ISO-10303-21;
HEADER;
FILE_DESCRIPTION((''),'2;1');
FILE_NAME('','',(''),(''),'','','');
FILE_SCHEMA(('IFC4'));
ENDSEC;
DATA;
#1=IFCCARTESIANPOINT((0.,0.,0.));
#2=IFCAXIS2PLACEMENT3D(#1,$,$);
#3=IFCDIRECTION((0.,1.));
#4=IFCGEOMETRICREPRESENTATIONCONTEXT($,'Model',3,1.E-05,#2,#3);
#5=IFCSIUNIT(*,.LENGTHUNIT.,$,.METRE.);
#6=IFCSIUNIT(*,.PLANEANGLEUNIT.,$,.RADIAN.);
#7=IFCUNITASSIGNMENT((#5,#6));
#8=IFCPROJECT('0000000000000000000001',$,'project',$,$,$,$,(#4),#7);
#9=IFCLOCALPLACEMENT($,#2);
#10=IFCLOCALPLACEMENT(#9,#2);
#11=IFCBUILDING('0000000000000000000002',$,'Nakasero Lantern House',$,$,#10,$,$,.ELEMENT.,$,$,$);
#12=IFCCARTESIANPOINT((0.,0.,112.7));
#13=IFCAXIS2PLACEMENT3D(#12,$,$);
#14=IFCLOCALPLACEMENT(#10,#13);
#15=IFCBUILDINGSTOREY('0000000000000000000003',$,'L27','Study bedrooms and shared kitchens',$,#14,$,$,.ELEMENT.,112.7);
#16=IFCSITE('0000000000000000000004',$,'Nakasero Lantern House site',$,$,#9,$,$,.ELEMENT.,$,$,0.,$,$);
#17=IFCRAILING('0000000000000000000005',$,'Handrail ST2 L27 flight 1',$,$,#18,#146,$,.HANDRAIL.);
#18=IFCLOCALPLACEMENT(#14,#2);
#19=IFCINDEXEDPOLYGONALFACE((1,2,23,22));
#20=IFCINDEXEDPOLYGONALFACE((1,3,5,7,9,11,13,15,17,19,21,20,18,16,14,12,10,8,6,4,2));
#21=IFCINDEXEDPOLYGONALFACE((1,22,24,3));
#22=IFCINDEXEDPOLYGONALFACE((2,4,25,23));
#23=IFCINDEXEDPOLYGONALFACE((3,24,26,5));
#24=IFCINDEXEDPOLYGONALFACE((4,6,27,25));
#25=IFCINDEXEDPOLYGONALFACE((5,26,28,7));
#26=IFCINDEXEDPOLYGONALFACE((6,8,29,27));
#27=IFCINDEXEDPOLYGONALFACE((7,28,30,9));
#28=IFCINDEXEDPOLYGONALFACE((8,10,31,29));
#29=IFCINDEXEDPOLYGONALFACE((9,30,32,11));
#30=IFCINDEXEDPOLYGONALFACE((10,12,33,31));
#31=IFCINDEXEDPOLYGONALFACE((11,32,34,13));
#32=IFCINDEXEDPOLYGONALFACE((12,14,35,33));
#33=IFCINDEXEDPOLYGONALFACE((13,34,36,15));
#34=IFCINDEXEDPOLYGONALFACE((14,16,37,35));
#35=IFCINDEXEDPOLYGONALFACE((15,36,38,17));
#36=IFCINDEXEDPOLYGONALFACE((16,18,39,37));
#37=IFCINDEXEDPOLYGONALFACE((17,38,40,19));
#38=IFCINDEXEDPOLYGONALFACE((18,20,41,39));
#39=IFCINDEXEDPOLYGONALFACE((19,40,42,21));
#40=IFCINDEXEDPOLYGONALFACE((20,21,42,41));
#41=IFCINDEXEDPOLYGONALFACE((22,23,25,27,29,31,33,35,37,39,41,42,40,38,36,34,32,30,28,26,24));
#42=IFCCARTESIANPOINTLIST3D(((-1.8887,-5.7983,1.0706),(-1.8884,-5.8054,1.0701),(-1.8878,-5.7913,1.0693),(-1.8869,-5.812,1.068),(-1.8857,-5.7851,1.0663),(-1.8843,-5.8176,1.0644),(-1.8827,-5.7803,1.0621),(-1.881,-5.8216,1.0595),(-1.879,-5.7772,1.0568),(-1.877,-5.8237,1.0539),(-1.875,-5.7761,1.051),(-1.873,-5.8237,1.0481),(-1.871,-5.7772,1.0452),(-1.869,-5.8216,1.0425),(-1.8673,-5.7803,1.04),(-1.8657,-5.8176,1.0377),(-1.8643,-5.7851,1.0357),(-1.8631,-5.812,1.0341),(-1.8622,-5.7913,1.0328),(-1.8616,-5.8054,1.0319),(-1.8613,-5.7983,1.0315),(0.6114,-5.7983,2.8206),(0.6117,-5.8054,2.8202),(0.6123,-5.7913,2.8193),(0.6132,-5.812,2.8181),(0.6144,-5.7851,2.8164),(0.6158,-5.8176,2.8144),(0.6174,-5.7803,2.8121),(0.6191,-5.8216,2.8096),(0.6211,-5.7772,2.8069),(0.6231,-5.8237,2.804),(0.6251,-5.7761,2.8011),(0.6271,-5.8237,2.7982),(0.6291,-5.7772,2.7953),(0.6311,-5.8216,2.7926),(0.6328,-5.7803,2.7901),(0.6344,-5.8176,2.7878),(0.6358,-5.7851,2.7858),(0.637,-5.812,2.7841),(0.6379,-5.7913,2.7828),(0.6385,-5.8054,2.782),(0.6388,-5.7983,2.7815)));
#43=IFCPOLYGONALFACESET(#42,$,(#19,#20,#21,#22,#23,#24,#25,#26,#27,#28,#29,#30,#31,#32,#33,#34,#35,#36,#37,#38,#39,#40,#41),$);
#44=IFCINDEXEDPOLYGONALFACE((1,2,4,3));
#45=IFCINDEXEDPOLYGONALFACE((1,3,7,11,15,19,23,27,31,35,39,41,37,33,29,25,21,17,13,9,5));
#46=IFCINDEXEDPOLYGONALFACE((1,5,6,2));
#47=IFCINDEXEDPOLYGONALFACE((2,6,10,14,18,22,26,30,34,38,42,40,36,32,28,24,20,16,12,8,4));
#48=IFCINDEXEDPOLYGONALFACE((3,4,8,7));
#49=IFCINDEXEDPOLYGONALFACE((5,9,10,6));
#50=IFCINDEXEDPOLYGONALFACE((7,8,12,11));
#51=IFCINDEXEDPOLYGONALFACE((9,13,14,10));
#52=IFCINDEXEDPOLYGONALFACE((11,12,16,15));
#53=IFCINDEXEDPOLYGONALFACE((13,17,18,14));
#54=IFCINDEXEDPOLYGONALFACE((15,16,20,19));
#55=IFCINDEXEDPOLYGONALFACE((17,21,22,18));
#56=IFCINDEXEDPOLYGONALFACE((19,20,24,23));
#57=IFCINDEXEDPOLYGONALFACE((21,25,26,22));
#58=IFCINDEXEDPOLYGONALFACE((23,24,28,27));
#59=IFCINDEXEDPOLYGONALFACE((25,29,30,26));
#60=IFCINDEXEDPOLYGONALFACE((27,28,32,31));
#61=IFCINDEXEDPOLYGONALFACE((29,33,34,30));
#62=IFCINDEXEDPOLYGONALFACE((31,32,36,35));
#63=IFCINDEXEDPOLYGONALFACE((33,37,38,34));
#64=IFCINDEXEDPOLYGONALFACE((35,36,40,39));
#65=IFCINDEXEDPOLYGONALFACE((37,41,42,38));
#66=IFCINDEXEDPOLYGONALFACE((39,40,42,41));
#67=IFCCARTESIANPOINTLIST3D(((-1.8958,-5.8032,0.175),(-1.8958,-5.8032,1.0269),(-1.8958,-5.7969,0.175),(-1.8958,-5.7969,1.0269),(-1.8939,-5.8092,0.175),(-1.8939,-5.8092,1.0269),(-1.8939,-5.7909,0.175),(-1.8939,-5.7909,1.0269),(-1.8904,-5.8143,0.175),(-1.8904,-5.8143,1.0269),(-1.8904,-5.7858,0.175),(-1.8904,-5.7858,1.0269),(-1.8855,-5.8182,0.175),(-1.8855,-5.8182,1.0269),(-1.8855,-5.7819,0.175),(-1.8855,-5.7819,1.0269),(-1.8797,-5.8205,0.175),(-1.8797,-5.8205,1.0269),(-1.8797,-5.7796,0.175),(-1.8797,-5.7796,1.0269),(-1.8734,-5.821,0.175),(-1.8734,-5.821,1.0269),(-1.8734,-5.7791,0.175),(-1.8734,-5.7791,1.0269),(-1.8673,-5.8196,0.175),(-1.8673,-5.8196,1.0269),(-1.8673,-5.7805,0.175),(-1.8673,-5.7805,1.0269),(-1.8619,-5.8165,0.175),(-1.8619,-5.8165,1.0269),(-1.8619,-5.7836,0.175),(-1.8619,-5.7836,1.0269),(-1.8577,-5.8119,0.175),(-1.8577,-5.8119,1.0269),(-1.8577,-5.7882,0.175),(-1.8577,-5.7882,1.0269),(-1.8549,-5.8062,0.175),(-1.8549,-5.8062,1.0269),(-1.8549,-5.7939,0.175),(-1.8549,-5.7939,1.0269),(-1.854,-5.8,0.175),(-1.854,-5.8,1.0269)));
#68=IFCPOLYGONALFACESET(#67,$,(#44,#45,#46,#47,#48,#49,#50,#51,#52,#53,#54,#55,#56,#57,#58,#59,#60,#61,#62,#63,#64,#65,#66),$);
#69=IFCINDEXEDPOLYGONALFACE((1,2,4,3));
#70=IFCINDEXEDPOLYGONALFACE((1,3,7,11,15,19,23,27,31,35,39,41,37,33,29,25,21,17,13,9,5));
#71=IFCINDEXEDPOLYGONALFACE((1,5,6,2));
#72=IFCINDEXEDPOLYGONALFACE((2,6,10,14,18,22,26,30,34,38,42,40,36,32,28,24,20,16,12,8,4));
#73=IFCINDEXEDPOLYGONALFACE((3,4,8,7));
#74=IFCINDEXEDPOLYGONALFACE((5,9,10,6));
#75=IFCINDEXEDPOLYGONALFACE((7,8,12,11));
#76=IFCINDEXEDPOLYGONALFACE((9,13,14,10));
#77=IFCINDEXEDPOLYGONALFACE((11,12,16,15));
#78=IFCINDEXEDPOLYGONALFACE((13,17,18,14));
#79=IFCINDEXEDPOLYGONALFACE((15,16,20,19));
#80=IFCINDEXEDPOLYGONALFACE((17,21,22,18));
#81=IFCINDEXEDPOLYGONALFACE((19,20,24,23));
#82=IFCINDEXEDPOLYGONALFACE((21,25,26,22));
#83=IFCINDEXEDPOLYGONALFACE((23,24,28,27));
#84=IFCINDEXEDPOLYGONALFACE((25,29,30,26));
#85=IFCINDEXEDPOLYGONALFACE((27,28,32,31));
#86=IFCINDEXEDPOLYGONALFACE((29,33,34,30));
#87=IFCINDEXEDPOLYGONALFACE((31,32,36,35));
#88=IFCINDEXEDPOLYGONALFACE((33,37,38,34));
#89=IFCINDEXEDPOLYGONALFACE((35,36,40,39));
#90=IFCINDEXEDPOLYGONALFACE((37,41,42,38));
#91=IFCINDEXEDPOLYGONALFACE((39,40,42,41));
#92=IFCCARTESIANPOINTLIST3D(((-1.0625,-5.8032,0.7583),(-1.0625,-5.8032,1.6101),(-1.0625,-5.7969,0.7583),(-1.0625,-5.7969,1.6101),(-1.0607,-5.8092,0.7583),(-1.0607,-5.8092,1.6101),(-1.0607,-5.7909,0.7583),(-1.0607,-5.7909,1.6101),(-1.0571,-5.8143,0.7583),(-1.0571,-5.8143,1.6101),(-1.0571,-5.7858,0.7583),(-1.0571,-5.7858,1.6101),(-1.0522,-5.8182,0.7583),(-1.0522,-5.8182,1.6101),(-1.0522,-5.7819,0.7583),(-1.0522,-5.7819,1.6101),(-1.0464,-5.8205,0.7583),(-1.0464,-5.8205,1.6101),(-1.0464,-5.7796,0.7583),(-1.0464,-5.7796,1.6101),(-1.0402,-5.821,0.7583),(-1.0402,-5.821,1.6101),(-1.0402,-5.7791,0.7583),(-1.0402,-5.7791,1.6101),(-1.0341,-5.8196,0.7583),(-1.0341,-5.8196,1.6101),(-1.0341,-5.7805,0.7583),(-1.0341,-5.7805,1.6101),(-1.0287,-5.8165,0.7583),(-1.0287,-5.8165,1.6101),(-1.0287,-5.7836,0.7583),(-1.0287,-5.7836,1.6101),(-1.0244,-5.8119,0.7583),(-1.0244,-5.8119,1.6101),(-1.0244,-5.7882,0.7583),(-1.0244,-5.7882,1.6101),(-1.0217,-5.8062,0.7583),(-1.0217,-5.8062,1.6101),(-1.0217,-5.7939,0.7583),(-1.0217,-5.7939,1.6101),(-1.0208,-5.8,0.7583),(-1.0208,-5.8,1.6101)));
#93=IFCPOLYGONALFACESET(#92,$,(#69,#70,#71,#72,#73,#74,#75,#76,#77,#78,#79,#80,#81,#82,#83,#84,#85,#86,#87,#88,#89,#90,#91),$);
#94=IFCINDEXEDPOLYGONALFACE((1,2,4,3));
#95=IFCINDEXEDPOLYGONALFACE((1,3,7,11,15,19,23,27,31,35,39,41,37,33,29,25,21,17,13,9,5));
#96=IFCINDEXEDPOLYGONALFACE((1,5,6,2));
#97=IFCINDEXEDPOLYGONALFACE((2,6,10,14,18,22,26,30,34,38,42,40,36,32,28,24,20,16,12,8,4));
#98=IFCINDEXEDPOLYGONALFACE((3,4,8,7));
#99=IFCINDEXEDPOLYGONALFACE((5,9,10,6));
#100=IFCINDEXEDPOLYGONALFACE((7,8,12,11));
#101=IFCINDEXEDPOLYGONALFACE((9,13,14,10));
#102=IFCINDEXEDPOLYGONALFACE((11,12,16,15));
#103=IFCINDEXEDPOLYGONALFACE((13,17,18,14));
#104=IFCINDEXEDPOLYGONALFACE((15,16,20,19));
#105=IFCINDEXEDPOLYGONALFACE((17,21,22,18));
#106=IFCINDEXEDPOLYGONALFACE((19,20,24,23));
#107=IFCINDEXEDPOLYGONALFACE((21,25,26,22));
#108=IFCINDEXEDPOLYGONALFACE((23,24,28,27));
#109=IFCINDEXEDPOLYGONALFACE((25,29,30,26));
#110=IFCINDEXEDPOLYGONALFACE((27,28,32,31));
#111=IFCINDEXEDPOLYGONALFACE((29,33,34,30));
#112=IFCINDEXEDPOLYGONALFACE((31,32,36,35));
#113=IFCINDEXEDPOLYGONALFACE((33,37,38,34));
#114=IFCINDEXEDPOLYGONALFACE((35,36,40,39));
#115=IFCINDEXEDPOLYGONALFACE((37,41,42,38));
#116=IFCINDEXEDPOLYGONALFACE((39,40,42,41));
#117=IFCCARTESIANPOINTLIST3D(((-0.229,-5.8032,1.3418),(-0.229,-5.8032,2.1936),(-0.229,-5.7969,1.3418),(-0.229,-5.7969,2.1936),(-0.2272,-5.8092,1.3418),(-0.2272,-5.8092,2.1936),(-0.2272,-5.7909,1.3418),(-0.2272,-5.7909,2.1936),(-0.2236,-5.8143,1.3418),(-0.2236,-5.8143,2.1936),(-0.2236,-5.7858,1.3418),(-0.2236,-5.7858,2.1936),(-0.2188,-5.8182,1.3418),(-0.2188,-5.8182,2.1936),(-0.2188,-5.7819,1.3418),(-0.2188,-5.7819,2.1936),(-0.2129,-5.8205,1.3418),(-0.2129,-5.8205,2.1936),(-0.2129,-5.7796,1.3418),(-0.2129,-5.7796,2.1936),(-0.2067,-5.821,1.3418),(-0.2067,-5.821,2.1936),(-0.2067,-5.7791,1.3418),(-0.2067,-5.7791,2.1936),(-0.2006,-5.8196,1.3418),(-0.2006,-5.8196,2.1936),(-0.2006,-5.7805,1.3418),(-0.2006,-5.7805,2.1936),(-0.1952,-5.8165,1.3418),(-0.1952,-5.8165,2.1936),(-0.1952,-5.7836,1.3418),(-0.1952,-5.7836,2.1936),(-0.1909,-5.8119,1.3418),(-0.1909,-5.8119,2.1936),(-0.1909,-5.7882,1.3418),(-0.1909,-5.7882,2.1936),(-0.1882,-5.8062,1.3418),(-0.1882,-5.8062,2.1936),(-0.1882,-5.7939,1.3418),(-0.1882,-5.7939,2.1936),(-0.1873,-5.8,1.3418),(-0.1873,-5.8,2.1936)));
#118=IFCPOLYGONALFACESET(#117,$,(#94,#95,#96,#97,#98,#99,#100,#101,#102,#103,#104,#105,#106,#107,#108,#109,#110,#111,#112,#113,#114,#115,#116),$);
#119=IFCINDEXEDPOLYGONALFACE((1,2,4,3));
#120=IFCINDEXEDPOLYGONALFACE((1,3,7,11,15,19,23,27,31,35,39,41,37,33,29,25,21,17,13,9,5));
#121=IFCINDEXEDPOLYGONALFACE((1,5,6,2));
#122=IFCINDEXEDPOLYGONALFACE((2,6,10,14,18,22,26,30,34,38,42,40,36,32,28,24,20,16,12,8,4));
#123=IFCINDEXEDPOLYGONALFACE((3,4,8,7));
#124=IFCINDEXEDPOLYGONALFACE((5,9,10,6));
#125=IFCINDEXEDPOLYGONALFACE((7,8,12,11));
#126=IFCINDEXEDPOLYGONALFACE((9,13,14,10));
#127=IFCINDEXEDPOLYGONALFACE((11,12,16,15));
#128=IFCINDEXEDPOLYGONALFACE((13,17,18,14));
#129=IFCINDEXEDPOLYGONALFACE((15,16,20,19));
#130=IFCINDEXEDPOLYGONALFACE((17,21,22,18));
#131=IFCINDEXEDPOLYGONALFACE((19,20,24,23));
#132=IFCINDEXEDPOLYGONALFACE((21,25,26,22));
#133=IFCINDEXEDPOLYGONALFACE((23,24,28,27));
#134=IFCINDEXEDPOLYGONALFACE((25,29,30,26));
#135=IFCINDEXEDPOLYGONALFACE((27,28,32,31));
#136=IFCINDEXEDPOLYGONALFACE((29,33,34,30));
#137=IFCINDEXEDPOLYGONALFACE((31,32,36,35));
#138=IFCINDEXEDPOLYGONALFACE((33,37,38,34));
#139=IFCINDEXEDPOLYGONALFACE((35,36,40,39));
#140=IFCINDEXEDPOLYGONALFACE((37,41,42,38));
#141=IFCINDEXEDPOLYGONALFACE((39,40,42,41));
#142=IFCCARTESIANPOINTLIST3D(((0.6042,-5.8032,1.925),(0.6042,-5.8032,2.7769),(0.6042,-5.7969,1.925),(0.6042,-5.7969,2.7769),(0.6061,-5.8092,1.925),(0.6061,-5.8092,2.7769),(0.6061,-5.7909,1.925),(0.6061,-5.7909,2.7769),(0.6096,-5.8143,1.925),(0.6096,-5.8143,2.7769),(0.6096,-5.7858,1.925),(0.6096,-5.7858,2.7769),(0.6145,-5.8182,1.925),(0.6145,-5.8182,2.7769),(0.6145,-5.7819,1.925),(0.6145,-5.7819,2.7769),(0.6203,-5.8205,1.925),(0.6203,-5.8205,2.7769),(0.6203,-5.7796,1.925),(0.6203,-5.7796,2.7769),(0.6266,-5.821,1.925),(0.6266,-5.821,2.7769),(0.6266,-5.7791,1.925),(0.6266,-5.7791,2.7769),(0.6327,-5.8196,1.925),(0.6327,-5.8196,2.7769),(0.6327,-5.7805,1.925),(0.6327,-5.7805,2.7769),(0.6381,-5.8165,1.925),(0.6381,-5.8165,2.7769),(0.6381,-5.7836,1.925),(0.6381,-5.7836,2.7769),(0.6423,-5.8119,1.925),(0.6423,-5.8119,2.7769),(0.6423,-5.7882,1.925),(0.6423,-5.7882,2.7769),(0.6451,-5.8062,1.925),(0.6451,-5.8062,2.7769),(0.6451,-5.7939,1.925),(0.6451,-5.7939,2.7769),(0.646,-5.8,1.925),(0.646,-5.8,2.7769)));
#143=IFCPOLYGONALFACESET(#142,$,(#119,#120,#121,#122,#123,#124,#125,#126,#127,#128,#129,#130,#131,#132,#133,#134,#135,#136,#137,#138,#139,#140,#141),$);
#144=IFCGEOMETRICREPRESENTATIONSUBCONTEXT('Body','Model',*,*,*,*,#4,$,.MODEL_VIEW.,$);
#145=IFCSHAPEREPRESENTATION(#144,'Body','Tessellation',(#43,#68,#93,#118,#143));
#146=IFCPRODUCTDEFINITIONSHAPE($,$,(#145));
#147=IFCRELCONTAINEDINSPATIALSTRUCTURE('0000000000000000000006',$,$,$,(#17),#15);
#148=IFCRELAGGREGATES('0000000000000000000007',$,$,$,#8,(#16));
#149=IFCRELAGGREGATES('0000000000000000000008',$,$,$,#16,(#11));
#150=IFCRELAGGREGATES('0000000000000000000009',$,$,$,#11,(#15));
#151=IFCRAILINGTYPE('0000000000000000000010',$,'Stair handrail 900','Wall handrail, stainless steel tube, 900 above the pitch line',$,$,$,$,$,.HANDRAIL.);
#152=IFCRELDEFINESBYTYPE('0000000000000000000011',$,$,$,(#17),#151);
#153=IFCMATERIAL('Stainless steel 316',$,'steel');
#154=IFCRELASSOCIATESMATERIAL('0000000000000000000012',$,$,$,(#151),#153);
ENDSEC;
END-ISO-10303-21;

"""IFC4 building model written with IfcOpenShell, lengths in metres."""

from ifc_helpers import new_model, si_unit, direction, frame, origin, origin_2d, place, context, subcontext, project, spatial, circle, extrude, material, type_object, element, save


model = new_model("IFC4")

# Units and contexts
model_context = context("Model", 3, precision=1e-05, world=origin(), true_north=direction((0.0, 1.0)))
body_context = subcontext(model_context, "Body", "Model", "MODEL_VIEW")
ifc_project = project(units=[si_unit("LENGTHUNIT", "METRE"), si_unit("PLANEANGLEUNIT", "RADIAN")], contexts=[model_context])

# Site, building, storey
site_placement = place(None, origin())
site = spatial("IfcSite", under=ifc_project, at=site_placement, Name="Nakasero Lantern House site", CompositionType="ELEMENT", RefElevation=0.0)
building_placement = place(site_placement, origin())
building = spatial("IfcBuilding", under=site, at=building_placement, Name="Nakasero Lantern House", CompositionType="ELEMENT")
storey_placement = place(building_placement, frame((0.0, 0.0, 112.7)))
storey = spatial("IfcBuildingStorey", under=building, at=storey_placement, Name="L27", Description="Study bedrooms and shared kitchens", CompositionType="ELEMENT", Elevation=112.7)

# Railing
ifc_material_1 = material(Name="Stainless steel 316", Category="steel")
railing_type = type_object("IfcRailingType", Name="Stair handrail 900", Description="Wall handrail, stainless steel tube, 900 above the pitch line", PredefinedType="HANDRAIL", material=ifc_material_1)
railing_placement = place(storey_placement, frame((-1.875, -5.8, 0.175)))
element("IfcRailing", 1, at=railing_placement, inside=storey, type_object=railing_type, Name="Handrail ST2 L27 flight 1", PredefinedType="HANDRAIL", context=body_context, shape_type="SweptSolid", body=[
    extrude(circle(Radius=0.0239, at=origin_2d()), frame((0.0, 0.0, 0.876), z_axis=(0.819232, 0.0, 0.573462), x_axis=(0.0, 1.0, 0.0)), (0.0, 0.0, 1.0), 3.0518),
    extrude(circle(Radius=0.021, at=origin_2d()), origin(), (0.0, 0.0, 1.0), 0.8518),
    extrude(circle(Radius=0.021, at=origin_2d()), frame((0.8333, 0.0, 0.5833)), (0.0, 0.0, 1.0), 0.8518),
    extrude(circle(Radius=0.021, at=origin_2d()), frame((1.6667, 0.0, 1.1667)), (0.0, 0.0, 1.0), 0.8518),
    extrude(circle(Radius=0.021, at=origin_2d()), frame((2.5, 0.0, 1.75)), (0.0, 0.0, 1.0), 0.8518),
])

save(model, "model.ifc")
